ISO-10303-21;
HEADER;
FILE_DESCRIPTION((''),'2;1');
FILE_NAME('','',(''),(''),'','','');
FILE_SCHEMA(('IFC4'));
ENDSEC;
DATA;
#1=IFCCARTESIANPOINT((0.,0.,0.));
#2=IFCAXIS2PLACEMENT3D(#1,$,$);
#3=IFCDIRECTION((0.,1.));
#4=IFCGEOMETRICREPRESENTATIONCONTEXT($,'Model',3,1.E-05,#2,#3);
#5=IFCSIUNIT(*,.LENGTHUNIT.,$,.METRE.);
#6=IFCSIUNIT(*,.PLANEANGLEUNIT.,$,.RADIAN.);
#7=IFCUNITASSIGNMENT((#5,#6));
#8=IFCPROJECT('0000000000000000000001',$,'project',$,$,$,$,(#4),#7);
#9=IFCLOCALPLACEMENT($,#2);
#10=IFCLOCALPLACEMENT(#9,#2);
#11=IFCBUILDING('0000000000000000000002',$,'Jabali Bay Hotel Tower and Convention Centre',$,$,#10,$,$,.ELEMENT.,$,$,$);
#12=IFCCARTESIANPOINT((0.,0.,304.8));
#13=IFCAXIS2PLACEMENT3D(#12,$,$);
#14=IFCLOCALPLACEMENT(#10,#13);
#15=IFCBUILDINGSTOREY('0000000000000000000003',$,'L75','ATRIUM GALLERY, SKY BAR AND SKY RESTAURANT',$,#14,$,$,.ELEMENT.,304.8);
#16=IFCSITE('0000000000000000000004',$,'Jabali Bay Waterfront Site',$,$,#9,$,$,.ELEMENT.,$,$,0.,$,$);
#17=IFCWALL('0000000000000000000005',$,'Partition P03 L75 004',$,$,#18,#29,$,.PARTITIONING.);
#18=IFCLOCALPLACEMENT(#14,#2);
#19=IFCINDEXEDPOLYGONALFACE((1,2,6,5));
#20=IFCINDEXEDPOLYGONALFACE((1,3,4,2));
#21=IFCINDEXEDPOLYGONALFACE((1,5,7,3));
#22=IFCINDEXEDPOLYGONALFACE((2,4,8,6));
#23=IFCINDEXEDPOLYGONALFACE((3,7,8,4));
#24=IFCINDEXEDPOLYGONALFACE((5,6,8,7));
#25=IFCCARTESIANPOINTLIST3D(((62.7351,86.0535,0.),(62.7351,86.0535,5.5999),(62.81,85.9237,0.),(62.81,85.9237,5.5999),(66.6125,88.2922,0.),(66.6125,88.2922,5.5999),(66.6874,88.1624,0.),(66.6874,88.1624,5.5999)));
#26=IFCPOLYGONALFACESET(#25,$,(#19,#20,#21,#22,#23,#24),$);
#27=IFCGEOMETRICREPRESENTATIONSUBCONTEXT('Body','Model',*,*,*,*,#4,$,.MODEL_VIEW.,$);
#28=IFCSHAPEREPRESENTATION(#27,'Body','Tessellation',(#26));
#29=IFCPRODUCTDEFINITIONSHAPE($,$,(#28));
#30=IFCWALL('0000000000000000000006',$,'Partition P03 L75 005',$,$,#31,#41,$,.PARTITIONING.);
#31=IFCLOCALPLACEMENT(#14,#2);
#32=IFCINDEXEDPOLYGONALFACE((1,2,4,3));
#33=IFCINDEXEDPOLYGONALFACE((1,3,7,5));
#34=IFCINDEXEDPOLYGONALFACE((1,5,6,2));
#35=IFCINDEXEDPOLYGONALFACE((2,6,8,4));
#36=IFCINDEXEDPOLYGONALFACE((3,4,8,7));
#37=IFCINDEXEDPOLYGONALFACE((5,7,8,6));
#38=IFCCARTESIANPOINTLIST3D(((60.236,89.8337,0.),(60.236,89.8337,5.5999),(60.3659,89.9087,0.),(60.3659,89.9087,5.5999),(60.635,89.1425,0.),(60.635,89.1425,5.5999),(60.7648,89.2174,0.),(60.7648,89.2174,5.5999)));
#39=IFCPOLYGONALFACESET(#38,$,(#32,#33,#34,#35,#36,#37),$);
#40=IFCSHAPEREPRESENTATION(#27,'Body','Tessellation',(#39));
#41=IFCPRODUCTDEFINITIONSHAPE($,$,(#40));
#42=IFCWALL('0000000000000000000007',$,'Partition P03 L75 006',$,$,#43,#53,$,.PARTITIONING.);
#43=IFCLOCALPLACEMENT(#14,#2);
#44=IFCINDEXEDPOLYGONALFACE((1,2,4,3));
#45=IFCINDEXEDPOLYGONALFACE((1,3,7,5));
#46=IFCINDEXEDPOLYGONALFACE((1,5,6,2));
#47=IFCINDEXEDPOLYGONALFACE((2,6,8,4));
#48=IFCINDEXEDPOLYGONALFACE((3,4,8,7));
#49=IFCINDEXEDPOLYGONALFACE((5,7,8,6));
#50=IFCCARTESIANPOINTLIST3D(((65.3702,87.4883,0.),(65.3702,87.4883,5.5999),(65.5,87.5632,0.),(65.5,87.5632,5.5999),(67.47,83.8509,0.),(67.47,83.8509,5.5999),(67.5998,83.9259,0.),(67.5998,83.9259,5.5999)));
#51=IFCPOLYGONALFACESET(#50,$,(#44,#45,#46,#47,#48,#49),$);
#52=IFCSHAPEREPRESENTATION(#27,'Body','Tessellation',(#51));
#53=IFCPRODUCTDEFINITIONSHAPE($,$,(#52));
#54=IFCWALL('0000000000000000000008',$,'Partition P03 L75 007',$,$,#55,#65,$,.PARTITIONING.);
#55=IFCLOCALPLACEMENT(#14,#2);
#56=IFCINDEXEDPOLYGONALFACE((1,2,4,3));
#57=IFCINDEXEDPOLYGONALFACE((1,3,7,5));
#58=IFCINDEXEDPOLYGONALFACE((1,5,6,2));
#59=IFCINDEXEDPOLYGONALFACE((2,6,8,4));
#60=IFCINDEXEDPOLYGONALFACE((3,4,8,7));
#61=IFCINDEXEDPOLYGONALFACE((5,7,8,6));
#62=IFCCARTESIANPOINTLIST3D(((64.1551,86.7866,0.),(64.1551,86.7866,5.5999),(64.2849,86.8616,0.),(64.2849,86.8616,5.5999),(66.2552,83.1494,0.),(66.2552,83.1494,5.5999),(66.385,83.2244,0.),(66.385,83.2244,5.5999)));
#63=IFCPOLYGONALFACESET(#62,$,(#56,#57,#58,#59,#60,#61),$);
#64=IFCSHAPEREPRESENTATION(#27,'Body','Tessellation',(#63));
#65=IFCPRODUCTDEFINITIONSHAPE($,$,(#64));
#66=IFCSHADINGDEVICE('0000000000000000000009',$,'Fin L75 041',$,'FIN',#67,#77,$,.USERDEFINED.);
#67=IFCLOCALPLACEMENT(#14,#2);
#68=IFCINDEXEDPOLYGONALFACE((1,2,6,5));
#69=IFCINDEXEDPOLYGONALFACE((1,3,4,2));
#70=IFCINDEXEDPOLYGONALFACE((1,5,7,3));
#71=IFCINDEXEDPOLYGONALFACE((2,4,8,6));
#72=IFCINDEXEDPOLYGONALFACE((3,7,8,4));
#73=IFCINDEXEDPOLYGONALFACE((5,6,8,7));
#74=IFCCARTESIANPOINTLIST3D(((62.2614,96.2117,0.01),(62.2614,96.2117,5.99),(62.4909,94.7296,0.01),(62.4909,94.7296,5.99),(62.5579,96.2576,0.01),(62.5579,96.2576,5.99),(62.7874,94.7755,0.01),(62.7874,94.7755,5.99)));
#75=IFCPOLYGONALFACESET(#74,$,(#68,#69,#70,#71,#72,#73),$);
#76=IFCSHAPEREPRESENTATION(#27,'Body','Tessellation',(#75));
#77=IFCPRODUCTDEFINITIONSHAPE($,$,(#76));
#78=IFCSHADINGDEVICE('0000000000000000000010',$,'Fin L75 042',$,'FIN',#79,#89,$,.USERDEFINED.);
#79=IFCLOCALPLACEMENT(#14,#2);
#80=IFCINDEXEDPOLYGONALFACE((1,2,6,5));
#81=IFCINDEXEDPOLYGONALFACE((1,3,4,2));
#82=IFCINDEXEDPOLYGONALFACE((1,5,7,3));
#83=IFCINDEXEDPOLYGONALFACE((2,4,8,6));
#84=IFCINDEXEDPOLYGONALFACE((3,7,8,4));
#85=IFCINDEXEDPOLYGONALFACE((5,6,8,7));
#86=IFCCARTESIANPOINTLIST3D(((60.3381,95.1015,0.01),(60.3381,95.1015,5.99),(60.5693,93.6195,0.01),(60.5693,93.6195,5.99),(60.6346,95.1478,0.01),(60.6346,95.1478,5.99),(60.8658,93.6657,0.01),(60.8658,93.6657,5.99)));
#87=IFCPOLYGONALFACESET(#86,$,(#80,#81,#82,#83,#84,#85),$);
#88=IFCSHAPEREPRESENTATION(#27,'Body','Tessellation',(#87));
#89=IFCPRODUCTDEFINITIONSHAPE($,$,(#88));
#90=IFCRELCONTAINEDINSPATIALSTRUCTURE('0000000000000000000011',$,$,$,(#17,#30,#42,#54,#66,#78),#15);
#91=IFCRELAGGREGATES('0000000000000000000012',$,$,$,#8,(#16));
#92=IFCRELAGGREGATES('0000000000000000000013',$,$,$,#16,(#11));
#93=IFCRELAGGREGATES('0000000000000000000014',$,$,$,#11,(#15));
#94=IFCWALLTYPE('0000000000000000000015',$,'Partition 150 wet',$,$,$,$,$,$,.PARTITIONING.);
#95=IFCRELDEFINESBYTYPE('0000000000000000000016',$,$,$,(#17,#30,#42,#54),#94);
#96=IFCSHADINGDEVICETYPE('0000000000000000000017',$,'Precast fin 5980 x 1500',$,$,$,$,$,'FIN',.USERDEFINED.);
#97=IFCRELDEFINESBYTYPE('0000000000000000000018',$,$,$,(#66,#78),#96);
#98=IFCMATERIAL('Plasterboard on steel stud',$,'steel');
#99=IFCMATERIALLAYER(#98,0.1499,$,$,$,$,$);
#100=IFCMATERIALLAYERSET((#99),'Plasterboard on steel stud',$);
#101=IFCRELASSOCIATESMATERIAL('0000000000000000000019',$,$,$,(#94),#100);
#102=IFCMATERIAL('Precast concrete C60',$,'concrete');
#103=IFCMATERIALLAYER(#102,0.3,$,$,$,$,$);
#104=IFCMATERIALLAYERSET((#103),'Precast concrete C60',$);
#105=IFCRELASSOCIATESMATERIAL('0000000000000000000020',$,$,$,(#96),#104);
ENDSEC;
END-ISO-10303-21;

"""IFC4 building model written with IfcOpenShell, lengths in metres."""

from ifc_helpers import new_model, si_unit, direction, frame, frame_2d, origin, place, context, subcontext, project, spatial, rectangle, extrude, material, layer, layer_set, type_object, element, save


model = new_model("IFC4")

# Units and contexts
model_context = context("Model", 3, precision=1e-05, world=origin(), true_north=direction((0.0, 1.0)))
body_context = subcontext(model_context, "Body", "Model", "MODEL_VIEW")
ifc_project = project(units=[si_unit("LENGTHUNIT", "METRE"), si_unit("PLANEANGLEUNIT", "RADIAN")], contexts=[model_context])

# Site, building, storey
site_placement = place(None, origin())
site = spatial("IfcSite", under=ifc_project, at=site_placement, Name="Jabali Bay Waterfront Site", CompositionType="ELEMENT", RefElevation=0.0)
building_placement = place(site_placement, origin())
building = spatial("IfcBuilding", under=site, at=building_placement, Name="Jabali Bay Hotel Tower and Convention Centre", CompositionType="ELEMENT")
storey_placement = place(building_placement, frame((0.0, 0.0, 304.8)))
storey = spatial("IfcBuildingStorey", under=building, at=storey_placement, Name="L75", Description="ATRIUM GALLERY, SKY BAR AND SKY RESTAURANT", CompositionType="ELEMENT", Elevation=304.8)

# Shared definitions
ifc_material_1 = material(Name="Plasterboard on steel stud", Category="steel")
ifc_layer_1 = layer(ifc_material_1, 0.1499)
ifc_layer_set_1 = layer_set([ifc_layer_1], Name="Plasterboard on steel stud")
wall_type_1 = type_object("IfcWallType", Name="Partition 150 wet", PredefinedType="PARTITIONING", material=ifc_layer_set_1)

# Walls
wall_1_placement = place(storey_placement, frame((62.7725, 85.9885, 0.0), z_axis=(0.0, 0.0, 1.0), x_axis=(0.866013, 0.500021, 0.0)))
element("IfcWall", 1, at=wall_1_placement, inside=storey, type_object=wall_type_1, Name="Partition P03 L75 004", PredefinedType="PARTITIONING", context=body_context, shape_type="SweptSolid", body=[
    extrude(rectangle(XDim=4.4773, YDim=0.1499, at=frame_2d((2.2388, 0.0))), origin(), (0.0, 0.0, 1.0), 5.5999),
])
wall_2_placement = place(storey_placement, frame((60.301, 89.8711, 0.0), z_axis=(0.0, 0.0, 1.0), x_axis=(0.49989, -0.866089, 0.0)))
element("IfcWall", 2, at=wall_2_placement, inside=storey, type_object=wall_type_1, Name="Partition P03 L75 005", PredefinedType="PARTITIONING", context=body_context, shape_type="SweptSolid", body=[
    extrude(rectangle(XDim=0.7981, YDim=0.1499, at=frame_2d((0.3989, 0.0))), origin(), (0.0, 0.0, 1.0), 5.5999),
])
for number, where, z_axis, x_axis, name in (
    (3, (65.4351, 87.5259, 0.0), (0.0, 0.0, 1.0), (0.499959, -0.866049, 0.0), "Partition P03 L75 006"),
    (4, (64.22, 86.8242, 0.0), (0.0, 0.0, 1.0), (0.500028, -0.866009, 0.0), "Partition P03 L75 007"),
):
    element("IfcWall", number, at=place(storey_placement, frame(where, z_axis=z_axis, x_axis=x_axis)), inside=storey, type_object=wall_type_1, Name=name, PredefinedType="PARTITIONING", context=body_context, shape_type="SweptSolid", body=[
        extrude(rectangle(XDim=4.2, YDim=0.1499, at=frame_2d((2.1001, 0.0))), origin(), (0.0, 0.0, 1.0), 5.5999),
    ])

# Shading devices
ifc_material_2 = material(Name="Precast concrete C60", Category="concrete")
ifc_layer_2 = layer(ifc_material_2, 0.3)
ifc_layer_set_2 = layer_set([ifc_layer_2], Name="Precast concrete C60")
shading_device_type = type_object("IfcShadingDeviceType", Name="Precast fin 5980 x 1500", ElementType="FIN", PredefinedType="USERDEFINED", material=ifc_layer_set_2)
shading_device_1_placement = place(storey_placement, frame((62.6392, 94.7524, 0.01), z_axis=(0.0, 0.0, 1.0), x_axis=(-0.153011, 0.988224, 0.0)))
element("IfcShadingDevice", 5, at=shading_device_1_placement, inside=storey, type_object=shading_device_type, Name="Fin L75 041", ObjectType="FIN", PredefinedType="USERDEFINED", context=body_context, shape_type="SweptSolid", body=[
    extrude(rectangle(XDim=1.4998, YDim=0.3, at=frame_2d((0.75, 0.0))), origin(), (0.0, 0.0, 1.0), 5.98),
])
shading_device_2_placement = place(storey_placement, frame((60.7175, 93.6426, 0.01), z_axis=(0.0, 0.0, 1.0), x_axis=(-0.154124, 0.988052, 0.0)))
element("IfcShadingDevice", 6, at=shading_device_2_placement, inside=storey, type_object=shading_device_type, Name="Fin L75 042", ObjectType="FIN", PredefinedType="USERDEFINED", context=body_context, shape_type="SweptSolid", body=[
    extrude(rectangle(XDim=1.5, YDim=0.3, at=frame_2d((0.75, 0.0))), origin(), (0.0, 0.0, 1.0), 5.98),
])

save(model, "model.ifc")
